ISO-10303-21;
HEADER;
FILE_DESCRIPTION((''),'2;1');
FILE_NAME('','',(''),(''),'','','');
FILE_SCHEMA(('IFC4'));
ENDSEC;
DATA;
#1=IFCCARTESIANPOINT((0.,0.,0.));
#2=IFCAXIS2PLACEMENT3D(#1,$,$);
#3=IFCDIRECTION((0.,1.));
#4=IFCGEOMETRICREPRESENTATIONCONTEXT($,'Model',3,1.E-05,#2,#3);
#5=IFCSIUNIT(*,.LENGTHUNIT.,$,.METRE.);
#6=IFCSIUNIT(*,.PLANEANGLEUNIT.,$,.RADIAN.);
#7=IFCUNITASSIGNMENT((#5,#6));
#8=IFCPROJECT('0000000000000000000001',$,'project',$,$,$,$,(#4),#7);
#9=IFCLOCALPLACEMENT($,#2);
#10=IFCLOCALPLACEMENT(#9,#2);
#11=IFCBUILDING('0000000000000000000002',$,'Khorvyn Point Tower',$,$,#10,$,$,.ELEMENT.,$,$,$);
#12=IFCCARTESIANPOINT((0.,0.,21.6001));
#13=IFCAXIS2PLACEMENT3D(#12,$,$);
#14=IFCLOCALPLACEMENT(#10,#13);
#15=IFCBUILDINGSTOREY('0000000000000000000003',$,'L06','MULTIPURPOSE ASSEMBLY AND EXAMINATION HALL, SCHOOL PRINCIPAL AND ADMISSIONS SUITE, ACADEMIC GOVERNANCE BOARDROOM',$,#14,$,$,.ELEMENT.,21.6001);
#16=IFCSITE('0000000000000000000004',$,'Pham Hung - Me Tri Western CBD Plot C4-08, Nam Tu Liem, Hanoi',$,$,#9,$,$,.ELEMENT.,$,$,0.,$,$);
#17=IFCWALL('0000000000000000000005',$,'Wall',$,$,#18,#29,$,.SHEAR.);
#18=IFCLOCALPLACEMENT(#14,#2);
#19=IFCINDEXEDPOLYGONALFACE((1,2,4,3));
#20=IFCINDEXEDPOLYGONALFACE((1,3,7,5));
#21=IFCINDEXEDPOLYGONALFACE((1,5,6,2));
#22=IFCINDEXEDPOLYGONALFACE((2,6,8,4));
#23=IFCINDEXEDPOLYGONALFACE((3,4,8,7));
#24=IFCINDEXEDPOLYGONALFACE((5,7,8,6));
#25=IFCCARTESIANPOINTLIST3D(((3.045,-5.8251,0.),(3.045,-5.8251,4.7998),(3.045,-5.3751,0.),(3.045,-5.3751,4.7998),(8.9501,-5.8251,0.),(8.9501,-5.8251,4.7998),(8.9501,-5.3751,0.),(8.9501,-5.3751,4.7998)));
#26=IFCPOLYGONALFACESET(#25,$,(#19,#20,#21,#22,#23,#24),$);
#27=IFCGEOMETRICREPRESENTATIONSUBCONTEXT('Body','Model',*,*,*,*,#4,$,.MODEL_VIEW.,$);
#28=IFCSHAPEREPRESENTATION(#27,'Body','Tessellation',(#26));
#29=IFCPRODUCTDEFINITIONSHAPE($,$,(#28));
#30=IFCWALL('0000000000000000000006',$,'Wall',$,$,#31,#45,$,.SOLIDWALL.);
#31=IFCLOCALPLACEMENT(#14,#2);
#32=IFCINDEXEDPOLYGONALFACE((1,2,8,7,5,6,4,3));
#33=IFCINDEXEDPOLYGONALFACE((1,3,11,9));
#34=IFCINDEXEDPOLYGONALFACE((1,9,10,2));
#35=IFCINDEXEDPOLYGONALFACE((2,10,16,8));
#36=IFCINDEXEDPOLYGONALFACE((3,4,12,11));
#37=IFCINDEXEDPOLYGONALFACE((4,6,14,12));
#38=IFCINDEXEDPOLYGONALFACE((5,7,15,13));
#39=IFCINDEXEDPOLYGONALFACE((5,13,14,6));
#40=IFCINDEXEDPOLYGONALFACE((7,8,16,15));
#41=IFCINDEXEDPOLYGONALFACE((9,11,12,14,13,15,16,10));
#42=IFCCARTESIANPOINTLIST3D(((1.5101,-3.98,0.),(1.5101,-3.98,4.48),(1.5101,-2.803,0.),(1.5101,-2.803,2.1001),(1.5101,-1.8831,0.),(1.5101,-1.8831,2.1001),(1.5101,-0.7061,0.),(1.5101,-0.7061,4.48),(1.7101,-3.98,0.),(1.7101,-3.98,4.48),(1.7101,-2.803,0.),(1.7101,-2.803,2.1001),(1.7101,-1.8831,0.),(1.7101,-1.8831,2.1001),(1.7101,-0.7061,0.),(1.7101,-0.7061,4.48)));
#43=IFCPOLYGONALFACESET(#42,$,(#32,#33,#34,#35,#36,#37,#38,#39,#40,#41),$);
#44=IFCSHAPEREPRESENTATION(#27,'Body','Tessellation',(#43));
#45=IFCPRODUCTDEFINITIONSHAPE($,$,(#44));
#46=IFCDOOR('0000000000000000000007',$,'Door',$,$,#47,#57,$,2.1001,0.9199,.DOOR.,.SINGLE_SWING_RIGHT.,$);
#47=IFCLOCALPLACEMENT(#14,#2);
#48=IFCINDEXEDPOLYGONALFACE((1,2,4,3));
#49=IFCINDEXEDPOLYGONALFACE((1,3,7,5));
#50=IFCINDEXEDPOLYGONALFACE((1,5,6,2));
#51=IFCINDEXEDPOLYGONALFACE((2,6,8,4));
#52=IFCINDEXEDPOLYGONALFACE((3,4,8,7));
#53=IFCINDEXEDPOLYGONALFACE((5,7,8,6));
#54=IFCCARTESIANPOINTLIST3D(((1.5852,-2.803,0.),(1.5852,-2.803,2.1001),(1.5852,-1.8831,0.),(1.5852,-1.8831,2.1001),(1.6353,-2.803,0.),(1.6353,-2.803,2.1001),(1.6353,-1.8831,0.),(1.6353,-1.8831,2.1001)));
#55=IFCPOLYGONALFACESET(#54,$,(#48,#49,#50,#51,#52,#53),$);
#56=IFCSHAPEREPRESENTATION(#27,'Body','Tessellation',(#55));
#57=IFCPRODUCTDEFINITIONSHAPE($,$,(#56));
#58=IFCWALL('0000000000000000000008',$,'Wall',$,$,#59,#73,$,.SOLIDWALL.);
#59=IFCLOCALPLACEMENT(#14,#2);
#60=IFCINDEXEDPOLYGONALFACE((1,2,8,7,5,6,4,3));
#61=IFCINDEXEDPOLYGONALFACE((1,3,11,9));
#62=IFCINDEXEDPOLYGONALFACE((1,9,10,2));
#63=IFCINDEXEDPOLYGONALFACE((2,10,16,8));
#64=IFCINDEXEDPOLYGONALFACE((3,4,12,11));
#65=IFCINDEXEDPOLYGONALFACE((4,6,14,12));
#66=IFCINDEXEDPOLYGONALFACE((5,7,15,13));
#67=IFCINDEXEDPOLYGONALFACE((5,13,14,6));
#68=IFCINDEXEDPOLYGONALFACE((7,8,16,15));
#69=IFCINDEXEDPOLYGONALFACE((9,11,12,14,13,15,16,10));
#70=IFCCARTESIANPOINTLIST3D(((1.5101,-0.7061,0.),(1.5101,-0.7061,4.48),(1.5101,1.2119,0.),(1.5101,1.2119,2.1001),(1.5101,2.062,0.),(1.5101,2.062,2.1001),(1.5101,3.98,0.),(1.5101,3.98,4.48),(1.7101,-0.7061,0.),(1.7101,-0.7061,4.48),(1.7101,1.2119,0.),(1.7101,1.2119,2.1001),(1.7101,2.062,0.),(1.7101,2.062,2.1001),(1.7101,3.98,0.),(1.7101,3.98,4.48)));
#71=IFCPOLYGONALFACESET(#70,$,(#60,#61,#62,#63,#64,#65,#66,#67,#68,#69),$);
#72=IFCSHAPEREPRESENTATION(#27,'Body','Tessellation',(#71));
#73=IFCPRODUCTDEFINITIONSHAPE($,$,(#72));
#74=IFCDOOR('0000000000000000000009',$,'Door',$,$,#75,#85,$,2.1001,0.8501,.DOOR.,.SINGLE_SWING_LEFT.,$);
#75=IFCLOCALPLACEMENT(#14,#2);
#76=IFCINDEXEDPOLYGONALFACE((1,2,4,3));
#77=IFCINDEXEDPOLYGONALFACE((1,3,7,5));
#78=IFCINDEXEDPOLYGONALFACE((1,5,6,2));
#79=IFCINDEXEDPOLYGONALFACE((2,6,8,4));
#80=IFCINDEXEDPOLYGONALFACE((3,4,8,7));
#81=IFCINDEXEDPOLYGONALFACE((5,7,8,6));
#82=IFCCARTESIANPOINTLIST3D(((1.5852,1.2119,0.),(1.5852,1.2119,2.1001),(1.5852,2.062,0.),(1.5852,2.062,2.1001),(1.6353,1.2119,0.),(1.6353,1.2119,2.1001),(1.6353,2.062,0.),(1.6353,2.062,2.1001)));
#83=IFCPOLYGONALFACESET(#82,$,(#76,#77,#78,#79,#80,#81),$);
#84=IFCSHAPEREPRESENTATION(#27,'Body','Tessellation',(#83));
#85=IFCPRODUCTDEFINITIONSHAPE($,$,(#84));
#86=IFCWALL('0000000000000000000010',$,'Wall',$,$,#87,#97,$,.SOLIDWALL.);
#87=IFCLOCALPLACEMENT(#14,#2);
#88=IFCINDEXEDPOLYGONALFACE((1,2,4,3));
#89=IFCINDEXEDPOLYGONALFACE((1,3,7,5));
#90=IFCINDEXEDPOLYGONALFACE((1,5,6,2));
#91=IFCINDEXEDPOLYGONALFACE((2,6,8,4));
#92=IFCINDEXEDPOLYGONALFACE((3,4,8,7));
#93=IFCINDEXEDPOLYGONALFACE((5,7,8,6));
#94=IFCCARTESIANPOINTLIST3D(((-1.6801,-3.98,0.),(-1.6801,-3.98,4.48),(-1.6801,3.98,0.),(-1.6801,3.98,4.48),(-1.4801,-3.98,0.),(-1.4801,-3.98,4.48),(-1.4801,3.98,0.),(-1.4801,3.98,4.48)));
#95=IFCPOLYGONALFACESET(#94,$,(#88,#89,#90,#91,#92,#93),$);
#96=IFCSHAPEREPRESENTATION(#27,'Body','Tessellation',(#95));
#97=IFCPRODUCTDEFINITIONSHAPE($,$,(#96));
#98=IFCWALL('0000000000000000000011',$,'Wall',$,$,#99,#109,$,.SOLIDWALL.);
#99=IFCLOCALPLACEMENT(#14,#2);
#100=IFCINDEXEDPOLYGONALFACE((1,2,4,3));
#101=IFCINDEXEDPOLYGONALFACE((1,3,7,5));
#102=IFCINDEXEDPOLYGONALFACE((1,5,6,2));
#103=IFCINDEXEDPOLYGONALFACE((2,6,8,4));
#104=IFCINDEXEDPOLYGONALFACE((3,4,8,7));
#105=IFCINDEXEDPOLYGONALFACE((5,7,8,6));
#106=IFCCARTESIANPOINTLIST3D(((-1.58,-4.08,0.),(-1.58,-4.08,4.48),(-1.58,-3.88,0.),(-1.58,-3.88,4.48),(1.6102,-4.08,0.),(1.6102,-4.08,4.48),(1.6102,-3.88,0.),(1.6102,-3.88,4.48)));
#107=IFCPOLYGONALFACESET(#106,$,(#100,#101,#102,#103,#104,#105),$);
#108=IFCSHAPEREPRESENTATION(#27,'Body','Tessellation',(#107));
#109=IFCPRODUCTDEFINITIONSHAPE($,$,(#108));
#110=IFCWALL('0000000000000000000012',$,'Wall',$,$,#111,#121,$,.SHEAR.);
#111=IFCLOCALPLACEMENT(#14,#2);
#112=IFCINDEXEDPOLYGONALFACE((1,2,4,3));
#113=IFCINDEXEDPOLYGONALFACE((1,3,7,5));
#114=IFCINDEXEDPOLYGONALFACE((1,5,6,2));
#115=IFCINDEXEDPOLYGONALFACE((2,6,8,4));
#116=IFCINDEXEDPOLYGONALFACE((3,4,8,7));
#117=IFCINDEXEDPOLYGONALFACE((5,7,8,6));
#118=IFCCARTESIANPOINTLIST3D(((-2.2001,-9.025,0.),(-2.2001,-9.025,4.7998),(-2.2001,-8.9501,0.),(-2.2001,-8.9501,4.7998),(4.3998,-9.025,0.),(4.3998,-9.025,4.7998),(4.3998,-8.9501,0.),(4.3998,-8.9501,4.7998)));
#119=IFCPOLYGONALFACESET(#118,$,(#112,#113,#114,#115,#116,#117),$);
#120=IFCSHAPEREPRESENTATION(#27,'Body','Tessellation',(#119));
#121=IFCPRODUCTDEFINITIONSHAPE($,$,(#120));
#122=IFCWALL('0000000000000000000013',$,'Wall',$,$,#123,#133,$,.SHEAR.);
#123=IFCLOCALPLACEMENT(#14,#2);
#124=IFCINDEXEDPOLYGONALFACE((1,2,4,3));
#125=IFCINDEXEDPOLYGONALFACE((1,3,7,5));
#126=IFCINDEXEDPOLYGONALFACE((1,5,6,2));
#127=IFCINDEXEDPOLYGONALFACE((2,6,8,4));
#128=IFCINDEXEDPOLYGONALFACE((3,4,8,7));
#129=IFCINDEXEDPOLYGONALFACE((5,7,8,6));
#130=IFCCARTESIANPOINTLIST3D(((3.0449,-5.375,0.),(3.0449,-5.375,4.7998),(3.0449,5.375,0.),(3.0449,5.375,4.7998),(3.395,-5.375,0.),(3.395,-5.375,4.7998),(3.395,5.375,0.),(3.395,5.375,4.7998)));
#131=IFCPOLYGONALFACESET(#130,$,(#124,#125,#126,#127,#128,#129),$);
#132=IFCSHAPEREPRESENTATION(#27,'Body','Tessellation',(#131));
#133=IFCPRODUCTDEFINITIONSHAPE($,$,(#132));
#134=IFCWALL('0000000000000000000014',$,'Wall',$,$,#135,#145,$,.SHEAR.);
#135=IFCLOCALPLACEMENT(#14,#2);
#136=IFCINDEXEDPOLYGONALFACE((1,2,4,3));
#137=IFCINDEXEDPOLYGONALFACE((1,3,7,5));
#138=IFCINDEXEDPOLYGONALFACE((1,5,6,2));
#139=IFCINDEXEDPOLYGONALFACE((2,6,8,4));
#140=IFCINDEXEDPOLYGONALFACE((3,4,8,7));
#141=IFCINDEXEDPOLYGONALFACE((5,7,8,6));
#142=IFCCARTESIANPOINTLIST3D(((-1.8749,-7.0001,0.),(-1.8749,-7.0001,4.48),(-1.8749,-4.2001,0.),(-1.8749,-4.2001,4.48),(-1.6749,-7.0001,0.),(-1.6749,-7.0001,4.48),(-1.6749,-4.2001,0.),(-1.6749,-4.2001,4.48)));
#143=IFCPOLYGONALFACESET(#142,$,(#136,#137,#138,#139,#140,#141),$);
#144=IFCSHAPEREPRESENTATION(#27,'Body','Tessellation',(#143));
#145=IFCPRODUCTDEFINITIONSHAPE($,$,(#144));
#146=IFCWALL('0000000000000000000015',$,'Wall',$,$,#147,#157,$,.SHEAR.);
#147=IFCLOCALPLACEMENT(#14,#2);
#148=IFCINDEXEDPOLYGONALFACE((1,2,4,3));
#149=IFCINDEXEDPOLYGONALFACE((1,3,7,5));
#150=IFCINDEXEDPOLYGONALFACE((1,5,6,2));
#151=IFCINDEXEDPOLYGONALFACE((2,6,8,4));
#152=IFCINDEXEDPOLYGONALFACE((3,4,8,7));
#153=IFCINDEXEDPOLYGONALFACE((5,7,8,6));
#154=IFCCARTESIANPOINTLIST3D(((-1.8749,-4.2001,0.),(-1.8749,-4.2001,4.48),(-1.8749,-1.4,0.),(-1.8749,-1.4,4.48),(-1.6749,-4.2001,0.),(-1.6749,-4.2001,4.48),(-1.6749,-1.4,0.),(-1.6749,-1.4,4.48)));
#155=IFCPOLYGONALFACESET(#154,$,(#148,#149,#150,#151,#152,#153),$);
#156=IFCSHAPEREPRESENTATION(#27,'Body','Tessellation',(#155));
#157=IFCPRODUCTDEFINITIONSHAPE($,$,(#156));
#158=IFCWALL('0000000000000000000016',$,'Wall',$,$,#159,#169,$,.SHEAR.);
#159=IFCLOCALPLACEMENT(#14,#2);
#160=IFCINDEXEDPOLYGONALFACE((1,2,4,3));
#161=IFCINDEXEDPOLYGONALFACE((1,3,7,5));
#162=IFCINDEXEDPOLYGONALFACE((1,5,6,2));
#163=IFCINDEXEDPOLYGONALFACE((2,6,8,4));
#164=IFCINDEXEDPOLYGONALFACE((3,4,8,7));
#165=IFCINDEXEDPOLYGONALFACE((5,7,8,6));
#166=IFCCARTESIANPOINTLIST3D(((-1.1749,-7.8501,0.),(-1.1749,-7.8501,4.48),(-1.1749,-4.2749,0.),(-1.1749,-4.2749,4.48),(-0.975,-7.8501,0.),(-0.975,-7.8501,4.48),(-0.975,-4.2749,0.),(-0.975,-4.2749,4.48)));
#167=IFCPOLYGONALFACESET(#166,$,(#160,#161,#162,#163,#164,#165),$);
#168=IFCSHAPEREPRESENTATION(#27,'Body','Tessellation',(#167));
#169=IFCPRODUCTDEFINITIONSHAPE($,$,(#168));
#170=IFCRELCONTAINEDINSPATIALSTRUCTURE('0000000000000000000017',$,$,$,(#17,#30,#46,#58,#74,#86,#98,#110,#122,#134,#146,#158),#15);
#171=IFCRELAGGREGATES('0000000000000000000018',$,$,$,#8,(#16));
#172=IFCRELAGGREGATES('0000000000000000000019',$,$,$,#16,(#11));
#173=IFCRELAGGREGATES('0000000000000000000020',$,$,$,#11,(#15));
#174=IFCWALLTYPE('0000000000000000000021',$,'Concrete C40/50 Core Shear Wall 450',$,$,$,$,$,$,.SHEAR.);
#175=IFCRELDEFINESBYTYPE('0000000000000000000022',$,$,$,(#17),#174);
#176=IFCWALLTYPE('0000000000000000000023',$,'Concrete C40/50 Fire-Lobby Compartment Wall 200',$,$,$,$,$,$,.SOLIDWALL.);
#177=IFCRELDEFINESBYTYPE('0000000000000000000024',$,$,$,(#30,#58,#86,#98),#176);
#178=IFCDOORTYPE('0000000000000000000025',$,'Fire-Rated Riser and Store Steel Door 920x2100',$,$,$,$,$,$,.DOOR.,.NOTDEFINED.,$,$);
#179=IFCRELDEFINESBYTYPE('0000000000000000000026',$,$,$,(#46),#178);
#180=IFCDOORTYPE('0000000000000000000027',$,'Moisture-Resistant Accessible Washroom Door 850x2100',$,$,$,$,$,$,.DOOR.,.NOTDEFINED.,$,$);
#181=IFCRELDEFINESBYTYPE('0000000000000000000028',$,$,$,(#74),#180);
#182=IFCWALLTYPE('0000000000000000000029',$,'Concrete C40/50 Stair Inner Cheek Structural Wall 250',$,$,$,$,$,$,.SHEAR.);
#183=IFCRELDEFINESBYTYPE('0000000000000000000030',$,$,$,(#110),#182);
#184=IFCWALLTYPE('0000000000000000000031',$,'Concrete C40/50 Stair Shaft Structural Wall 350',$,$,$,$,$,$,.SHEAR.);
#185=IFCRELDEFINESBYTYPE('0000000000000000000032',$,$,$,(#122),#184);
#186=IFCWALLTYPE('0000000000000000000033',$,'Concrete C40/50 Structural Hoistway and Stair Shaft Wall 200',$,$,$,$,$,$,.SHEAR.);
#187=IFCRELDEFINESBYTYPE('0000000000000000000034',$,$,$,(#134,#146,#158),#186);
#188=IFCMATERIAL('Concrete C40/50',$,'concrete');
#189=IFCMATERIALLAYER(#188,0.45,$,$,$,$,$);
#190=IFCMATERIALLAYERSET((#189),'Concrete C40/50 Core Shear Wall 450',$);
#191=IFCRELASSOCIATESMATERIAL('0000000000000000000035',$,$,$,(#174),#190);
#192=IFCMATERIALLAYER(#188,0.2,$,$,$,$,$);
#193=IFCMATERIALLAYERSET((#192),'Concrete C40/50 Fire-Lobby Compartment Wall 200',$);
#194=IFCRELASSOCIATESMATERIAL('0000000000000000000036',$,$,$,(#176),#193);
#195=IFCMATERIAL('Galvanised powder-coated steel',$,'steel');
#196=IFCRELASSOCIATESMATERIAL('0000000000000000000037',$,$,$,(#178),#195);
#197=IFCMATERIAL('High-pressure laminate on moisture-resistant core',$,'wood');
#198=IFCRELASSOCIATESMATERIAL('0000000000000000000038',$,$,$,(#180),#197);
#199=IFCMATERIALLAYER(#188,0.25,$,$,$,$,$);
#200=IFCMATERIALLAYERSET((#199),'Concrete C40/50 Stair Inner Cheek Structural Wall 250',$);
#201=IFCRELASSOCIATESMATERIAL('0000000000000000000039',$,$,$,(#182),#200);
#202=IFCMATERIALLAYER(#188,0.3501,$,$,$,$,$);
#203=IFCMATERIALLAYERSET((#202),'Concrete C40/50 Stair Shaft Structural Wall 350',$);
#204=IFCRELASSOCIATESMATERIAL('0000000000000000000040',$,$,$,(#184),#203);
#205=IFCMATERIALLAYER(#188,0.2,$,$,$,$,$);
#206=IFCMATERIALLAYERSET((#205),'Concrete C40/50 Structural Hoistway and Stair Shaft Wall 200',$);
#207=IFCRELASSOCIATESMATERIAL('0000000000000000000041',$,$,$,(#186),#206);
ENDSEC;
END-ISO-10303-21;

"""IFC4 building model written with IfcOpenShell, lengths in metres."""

from ifc_helpers import new_model, si_unit, direction, frame, frame_2d, origin, place, context, subcontext, project, spatial, rectangle, extrude, material, layer, layer_set, type_object, element, fill, save


model = new_model("IFC4")

# Units and contexts
model_context = context("Model", 3, precision=1e-05, world=origin(), true_north=direction((0.0, 1.0)))
body_context = subcontext(model_context, "Body", "Model", "MODEL_VIEW")
ifc_project = project(units=[si_unit("LENGTHUNIT", "METRE"), si_unit("PLANEANGLEUNIT", "RADIAN")], contexts=[model_context])

# Site, building, storey
site_placement = place(None, origin())
site = spatial("IfcSite", under=ifc_project, at=site_placement, Name="Pham Hung - Me Tri Western CBD Plot C4-08, Nam Tu Liem, Hanoi", CompositionType="ELEMENT", RefElevation=0.0)
building_placement = place(site_placement, origin())
building = spatial("IfcBuilding", under=site, at=building_placement, Name="Khorvyn Point Tower", CompositionType="ELEMENT")
storey_placement = place(building_placement, frame((0.0, 0.0, 21.6001)))
storey = spatial("IfcBuildingStorey", under=building, at=storey_placement, Name="L06", Description="MULTIPURPOSE ASSEMBLY AND EXAMINATION HALL, SCHOOL PRINCIPAL AND ADMISSIONS SUITE, ACADEMIC GOVERNANCE BOARDROOM", CompositionType="ELEMENT", Elevation=21.6001)

# Shared definitions
ifc_material_1 = material(Name="Concrete C40/50", Category="concrete")

# Wall
ifc_layer_1 = layer(ifc_material_1, 0.45)
ifc_layer_set_1 = layer_set([ifc_layer_1], Name="Concrete C40/50 Core Shear Wall 450")
wall_type_1 = type_object("IfcWallType", Name="Concrete C40/50 Core Shear Wall 450", PredefinedType="SHEAR", material=ifc_layer_set_1)
wall_1_placement = place(storey_placement, frame((3.0449, -5.6001, 0.0), z_axis=(0.0, 0.0, 1.0), x_axis=(1.0, 0.0, 0.0)))
element("IfcWall", 1, at=wall_1_placement, inside=storey, type_object=wall_type_1, Name="Wall", PredefinedType="SHEAR", context=body_context, shape_type="SweptSolid", body=[
    extrude(rectangle(XDim=5.905, YDim=0.45, at=frame_2d((2.9526, 0.0))), origin(), (0.0, 0.0, 1.0), 4.7998),
])

# Walls, openings, doors
ifc_layer_2 = layer(ifc_material_1, 0.2)
ifc_layer_set_2 = layer_set([ifc_layer_2], Name="Concrete C40/50 Fire-Lobby Compartment Wall 200")
wall_type_2 = type_object("IfcWallType", Name="Concrete C40/50 Fire-Lobby Compartment Wall 200", PredefinedType="SOLIDWALL", material=ifc_layer_set_2)
ifc_material_2 = material(Name="Galvanised powder-coated steel", Category="steel")
wall_2_placement = place(storey_placement, frame((1.6101, -3.98, 0.0), z_axis=(0.0, 0.0, 1.0), x_axis=(0.0, 1.0, 0.0)))
wall_2 = element("IfcWall", 2, at=wall_2_placement, inside=storey, type_object=wall_type_2, Name="Wall", PredefinedType="SOLIDWALL", context=body_context, shape_type="SweptSolid", body=[
    extrude(rectangle(XDim=3.2739, YDim=0.2, at=frame_2d((1.637, 0.0))), origin(), (0.0, 0.0, 1.0), 4.48),
])
opening_1_placement = place(wall_2_placement, frame((1.177, 0.0, 0.0)))
opening_1 = element("IfcOpeningElement", 3, at=opening_1_placement, cuts=wall_2, PredefinedType="OPENING", context=body_context, shape_type="SweptSolid", body=[
    extrude(rectangle(XDim=0.9199, YDim=2.1001, at=frame_2d((0.46, 1.05))), frame((0.0, 0.1099, 0.0), z_axis=(0.0, -1.0, 0.0), x_axis=(1.0, 0.0, 0.0)), (0.0, 0.0, 1.0), 0.22),
])
door_type_1 = type_object("IfcDoorType", Name="Fire-Rated Riser and Store Steel Door 920x2100", OperationType="NOTDEFINED", PredefinedType="DOOR", material=ifc_material_2)
door_1_placement = place(opening_1_placement, origin())
door_1 = element("IfcDoor", 4, at=door_1_placement, inside=storey, type_object=door_type_1, Name="Door", OperationType="SINGLE_SWING_RIGHT", OverallHeight=2.1001, OverallWidth=0.9199, PredefinedType="DOOR", context=body_context, shape_type="SweptSolid", body=[
    extrude(rectangle(XDim=0.9199, YDim=2.1001, at=frame_2d((0.46, 1.05))), frame((0.0, 0.0249, 0.0), z_axis=(0.0, -1.0, 0.0), x_axis=(1.0, 0.0, 0.0)), (0.0, 0.0, 1.0), 0.05),
])
fill(opening_1, door_1)
wall_3_placement = place(storey_placement, frame((1.6101, -0.7061, 0.0), z_axis=(0.0, 0.0, 1.0), x_axis=(0.0, 1.0, 0.0)))
wall_3 = element("IfcWall", 5, at=wall_3_placement, inside=storey, type_object=wall_type_2, Name="Wall", PredefinedType="SOLIDWALL", context=body_context, shape_type="SweptSolid", body=[
    extrude(rectangle(XDim=4.686, YDim=0.2, at=frame_2d((2.343, 0.0))), origin(), (0.0, 0.0, 1.0), 4.48),
])
opening_2_placement = place(wall_3_placement, frame((1.918, 0.0, 0.0)))
opening_2 = element("IfcOpeningElement", 6, at=opening_2_placement, cuts=wall_3, PredefinedType="OPENING", context=body_context, shape_type="SweptSolid", body=[
    extrude(rectangle(XDim=0.8501, YDim=2.1001, at=frame_2d((0.425, 1.05))), frame((0.0, 0.1099, 0.0), z_axis=(0.0, -1.0, 0.0), x_axis=(1.0, 0.0, 0.0)), (0.0, 0.0, 1.0), 0.22),
])
ifc_material_3 = material(Name="High-pressure laminate on moisture-resistant core", Category="wood")
door_type_2 = type_object("IfcDoorType", Name="Moisture-Resistant Accessible Washroom Door 850x2100", OperationType="NOTDEFINED", PredefinedType="DOOR", material=ifc_material_3)
door_2_placement = place(opening_2_placement, origin())
door_2 = element("IfcDoor", 7, at=door_2_placement, inside=storey, type_object=door_type_2, Name="Door", OperationType="SINGLE_SWING_LEFT", OverallHeight=2.1001, OverallWidth=0.8501, PredefinedType="DOOR", context=body_context, shape_type="SweptSolid", body=[
    extrude(rectangle(XDim=0.8501, YDim=2.1001, at=frame_2d((0.425, 1.05))), frame((0.0, 0.0249, 0.0), z_axis=(0.0, -1.0, 0.0), x_axis=(1.0, 0.0, 0.0)), (0.0, 0.0, 1.0), 0.05),
])
fill(opening_2, door_2)

# Walls
wall_4_placement = place(storey_placement, frame((-1.5801, -3.98, 0.0), z_axis=(0.0, 0.0, 1.0), x_axis=(0.0, 1.0, 0.0)))
element("IfcWall", 8, at=wall_4_placement, inside=storey, type_object=wall_type_2, Name="Wall", PredefinedType="SOLIDWALL", context=body_context, shape_type="SweptSolid", body=[
    extrude(rectangle(XDim=7.96, YDim=0.2, at=frame_2d((3.98, 0.0))), origin(), (0.0, 0.0, 1.0), 4.48),
])
wall_5_placement = place(storey_placement, frame((-1.5801, -3.98, 0.0), z_axis=(0.0, 0.0, 1.0), x_axis=(1.0, 0.0, 0.0)))
element("IfcWall", 9, at=wall_5_placement, inside=storey, type_object=wall_type_2, Name="Wall", PredefinedType="SOLIDWALL", context=body_context, shape_type="SweptSolid", body=[
    extrude(rectangle(XDim=3.1902, YDim=0.2, at=frame_2d((1.5952, 0.0))), origin(), (0.0, 0.0, 1.0), 4.48),
])
ifc_layer_3 = layer(ifc_material_1, 0.25)
ifc_layer_set_3 = layer_set([ifc_layer_3], Name="Concrete C40/50 Stair Inner Cheek Structural Wall 250")
wall_type_3 = type_object("IfcWallType", Name="Concrete C40/50 Stair Inner Cheek Structural Wall 250", PredefinedType="SHEAR", material=ifc_layer_set_3)
wall_6_placement = place(storey_placement, frame((-2.2, -8.9875, 0.0), z_axis=(0.0, 0.0, 1.0), x_axis=(1.0, 0.0, 0.0)))
element("IfcWall", 10, at=wall_6_placement, inside=storey, type_object=wall_type_3, Name="Wall", PredefinedType="SHEAR", context=body_context, shape_type="SweptSolid", body=[
    extrude(rectangle(XDim=6.5999, YDim=0.075, at=frame_2d((3.2998, 0.0))), origin(), (0.0, 0.0, 1.0), 4.7998),
])
ifc_layer_4 = layer(ifc_material_1, 0.3501)
ifc_layer_set_4 = layer_set([ifc_layer_4], Name="Concrete C40/50 Stair Shaft Structural Wall 350")
wall_type_4 = type_object("IfcWallType", Name="Concrete C40/50 Stair Shaft Structural Wall 350", PredefinedType="SHEAR", material=ifc_layer_set_4)
wall_7_placement = place(storey_placement, frame((3.22, -5.375, 0.0), z_axis=(0.0, 0.0, 1.0), x_axis=(0.0, 1.0, 0.0)))
element("IfcWall", 11, at=wall_7_placement, inside=storey, type_object=wall_type_4, Name="Wall", PredefinedType="SHEAR", context=body_context, shape_type="SweptSolid", body=[
    extrude(rectangle(XDim=10.75, YDim=0.3501, at=frame_2d((5.375, 0.0))), origin(), (0.0, 0.0, 1.0), 4.7998),
])

# Walls
ifc_layer_5 = layer(ifc_material_1, 0.2)
ifc_layer_set_5 = layer_set([ifc_layer_5], Name="Concrete C40/50 Structural Hoistway and Stair Shaft Wall 200")
wall_type_5 = type_object("IfcWallType", Name="Concrete C40/50 Structural Hoistway and Stair Shaft Wall 200", PredefinedType="SHEAR", material=ifc_layer_set_5)
for number, where, z_axis, x_axis, name in (
    (12, (-1.7749, -7.0, 0.0), (0.0, 0.0, 1.0), (0.0, 1.0, 0.0), "Wall"),
    (13, (-1.7749, -4.2, 0.0), (0.0, 0.0, 1.0), (0.0, 1.0, 0.0), "Wall"),
):
    element("IfcWall", number, at=place(storey_placement, frame(where, z_axis=z_axis, x_axis=x_axis)), inside=storey, type_object=wall_type_5, Name=name, PredefinedType="SHEAR", context=body_context, shape_type="SweptSolid", body=[
        extrude(rectangle(XDim=2.8, YDim=0.2, at=frame_2d((1.3999, 0.0))), origin(), (0.0, 0.0, 1.0), 4.48),
    ])
wall_8_placement = place(storey_placement, frame((-1.075, -7.8501, 0.0), z_axis=(0.0, 0.0, 1.0), x_axis=(0.0, 1.0, 0.0)))
element("IfcWall", 14, at=wall_8_placement, inside=storey, type_object=wall_type_5, Name="Wall", PredefinedType="SHEAR", context=body_context, shape_type="SweptSolid", body=[
    extrude(rectangle(XDim=3.5752, YDim=0.2, at=frame_2d((1.7876, 0.0))), origin(), (0.0, 0.0, 1.0), 4.48),
])

save(model, "model.ifc")
